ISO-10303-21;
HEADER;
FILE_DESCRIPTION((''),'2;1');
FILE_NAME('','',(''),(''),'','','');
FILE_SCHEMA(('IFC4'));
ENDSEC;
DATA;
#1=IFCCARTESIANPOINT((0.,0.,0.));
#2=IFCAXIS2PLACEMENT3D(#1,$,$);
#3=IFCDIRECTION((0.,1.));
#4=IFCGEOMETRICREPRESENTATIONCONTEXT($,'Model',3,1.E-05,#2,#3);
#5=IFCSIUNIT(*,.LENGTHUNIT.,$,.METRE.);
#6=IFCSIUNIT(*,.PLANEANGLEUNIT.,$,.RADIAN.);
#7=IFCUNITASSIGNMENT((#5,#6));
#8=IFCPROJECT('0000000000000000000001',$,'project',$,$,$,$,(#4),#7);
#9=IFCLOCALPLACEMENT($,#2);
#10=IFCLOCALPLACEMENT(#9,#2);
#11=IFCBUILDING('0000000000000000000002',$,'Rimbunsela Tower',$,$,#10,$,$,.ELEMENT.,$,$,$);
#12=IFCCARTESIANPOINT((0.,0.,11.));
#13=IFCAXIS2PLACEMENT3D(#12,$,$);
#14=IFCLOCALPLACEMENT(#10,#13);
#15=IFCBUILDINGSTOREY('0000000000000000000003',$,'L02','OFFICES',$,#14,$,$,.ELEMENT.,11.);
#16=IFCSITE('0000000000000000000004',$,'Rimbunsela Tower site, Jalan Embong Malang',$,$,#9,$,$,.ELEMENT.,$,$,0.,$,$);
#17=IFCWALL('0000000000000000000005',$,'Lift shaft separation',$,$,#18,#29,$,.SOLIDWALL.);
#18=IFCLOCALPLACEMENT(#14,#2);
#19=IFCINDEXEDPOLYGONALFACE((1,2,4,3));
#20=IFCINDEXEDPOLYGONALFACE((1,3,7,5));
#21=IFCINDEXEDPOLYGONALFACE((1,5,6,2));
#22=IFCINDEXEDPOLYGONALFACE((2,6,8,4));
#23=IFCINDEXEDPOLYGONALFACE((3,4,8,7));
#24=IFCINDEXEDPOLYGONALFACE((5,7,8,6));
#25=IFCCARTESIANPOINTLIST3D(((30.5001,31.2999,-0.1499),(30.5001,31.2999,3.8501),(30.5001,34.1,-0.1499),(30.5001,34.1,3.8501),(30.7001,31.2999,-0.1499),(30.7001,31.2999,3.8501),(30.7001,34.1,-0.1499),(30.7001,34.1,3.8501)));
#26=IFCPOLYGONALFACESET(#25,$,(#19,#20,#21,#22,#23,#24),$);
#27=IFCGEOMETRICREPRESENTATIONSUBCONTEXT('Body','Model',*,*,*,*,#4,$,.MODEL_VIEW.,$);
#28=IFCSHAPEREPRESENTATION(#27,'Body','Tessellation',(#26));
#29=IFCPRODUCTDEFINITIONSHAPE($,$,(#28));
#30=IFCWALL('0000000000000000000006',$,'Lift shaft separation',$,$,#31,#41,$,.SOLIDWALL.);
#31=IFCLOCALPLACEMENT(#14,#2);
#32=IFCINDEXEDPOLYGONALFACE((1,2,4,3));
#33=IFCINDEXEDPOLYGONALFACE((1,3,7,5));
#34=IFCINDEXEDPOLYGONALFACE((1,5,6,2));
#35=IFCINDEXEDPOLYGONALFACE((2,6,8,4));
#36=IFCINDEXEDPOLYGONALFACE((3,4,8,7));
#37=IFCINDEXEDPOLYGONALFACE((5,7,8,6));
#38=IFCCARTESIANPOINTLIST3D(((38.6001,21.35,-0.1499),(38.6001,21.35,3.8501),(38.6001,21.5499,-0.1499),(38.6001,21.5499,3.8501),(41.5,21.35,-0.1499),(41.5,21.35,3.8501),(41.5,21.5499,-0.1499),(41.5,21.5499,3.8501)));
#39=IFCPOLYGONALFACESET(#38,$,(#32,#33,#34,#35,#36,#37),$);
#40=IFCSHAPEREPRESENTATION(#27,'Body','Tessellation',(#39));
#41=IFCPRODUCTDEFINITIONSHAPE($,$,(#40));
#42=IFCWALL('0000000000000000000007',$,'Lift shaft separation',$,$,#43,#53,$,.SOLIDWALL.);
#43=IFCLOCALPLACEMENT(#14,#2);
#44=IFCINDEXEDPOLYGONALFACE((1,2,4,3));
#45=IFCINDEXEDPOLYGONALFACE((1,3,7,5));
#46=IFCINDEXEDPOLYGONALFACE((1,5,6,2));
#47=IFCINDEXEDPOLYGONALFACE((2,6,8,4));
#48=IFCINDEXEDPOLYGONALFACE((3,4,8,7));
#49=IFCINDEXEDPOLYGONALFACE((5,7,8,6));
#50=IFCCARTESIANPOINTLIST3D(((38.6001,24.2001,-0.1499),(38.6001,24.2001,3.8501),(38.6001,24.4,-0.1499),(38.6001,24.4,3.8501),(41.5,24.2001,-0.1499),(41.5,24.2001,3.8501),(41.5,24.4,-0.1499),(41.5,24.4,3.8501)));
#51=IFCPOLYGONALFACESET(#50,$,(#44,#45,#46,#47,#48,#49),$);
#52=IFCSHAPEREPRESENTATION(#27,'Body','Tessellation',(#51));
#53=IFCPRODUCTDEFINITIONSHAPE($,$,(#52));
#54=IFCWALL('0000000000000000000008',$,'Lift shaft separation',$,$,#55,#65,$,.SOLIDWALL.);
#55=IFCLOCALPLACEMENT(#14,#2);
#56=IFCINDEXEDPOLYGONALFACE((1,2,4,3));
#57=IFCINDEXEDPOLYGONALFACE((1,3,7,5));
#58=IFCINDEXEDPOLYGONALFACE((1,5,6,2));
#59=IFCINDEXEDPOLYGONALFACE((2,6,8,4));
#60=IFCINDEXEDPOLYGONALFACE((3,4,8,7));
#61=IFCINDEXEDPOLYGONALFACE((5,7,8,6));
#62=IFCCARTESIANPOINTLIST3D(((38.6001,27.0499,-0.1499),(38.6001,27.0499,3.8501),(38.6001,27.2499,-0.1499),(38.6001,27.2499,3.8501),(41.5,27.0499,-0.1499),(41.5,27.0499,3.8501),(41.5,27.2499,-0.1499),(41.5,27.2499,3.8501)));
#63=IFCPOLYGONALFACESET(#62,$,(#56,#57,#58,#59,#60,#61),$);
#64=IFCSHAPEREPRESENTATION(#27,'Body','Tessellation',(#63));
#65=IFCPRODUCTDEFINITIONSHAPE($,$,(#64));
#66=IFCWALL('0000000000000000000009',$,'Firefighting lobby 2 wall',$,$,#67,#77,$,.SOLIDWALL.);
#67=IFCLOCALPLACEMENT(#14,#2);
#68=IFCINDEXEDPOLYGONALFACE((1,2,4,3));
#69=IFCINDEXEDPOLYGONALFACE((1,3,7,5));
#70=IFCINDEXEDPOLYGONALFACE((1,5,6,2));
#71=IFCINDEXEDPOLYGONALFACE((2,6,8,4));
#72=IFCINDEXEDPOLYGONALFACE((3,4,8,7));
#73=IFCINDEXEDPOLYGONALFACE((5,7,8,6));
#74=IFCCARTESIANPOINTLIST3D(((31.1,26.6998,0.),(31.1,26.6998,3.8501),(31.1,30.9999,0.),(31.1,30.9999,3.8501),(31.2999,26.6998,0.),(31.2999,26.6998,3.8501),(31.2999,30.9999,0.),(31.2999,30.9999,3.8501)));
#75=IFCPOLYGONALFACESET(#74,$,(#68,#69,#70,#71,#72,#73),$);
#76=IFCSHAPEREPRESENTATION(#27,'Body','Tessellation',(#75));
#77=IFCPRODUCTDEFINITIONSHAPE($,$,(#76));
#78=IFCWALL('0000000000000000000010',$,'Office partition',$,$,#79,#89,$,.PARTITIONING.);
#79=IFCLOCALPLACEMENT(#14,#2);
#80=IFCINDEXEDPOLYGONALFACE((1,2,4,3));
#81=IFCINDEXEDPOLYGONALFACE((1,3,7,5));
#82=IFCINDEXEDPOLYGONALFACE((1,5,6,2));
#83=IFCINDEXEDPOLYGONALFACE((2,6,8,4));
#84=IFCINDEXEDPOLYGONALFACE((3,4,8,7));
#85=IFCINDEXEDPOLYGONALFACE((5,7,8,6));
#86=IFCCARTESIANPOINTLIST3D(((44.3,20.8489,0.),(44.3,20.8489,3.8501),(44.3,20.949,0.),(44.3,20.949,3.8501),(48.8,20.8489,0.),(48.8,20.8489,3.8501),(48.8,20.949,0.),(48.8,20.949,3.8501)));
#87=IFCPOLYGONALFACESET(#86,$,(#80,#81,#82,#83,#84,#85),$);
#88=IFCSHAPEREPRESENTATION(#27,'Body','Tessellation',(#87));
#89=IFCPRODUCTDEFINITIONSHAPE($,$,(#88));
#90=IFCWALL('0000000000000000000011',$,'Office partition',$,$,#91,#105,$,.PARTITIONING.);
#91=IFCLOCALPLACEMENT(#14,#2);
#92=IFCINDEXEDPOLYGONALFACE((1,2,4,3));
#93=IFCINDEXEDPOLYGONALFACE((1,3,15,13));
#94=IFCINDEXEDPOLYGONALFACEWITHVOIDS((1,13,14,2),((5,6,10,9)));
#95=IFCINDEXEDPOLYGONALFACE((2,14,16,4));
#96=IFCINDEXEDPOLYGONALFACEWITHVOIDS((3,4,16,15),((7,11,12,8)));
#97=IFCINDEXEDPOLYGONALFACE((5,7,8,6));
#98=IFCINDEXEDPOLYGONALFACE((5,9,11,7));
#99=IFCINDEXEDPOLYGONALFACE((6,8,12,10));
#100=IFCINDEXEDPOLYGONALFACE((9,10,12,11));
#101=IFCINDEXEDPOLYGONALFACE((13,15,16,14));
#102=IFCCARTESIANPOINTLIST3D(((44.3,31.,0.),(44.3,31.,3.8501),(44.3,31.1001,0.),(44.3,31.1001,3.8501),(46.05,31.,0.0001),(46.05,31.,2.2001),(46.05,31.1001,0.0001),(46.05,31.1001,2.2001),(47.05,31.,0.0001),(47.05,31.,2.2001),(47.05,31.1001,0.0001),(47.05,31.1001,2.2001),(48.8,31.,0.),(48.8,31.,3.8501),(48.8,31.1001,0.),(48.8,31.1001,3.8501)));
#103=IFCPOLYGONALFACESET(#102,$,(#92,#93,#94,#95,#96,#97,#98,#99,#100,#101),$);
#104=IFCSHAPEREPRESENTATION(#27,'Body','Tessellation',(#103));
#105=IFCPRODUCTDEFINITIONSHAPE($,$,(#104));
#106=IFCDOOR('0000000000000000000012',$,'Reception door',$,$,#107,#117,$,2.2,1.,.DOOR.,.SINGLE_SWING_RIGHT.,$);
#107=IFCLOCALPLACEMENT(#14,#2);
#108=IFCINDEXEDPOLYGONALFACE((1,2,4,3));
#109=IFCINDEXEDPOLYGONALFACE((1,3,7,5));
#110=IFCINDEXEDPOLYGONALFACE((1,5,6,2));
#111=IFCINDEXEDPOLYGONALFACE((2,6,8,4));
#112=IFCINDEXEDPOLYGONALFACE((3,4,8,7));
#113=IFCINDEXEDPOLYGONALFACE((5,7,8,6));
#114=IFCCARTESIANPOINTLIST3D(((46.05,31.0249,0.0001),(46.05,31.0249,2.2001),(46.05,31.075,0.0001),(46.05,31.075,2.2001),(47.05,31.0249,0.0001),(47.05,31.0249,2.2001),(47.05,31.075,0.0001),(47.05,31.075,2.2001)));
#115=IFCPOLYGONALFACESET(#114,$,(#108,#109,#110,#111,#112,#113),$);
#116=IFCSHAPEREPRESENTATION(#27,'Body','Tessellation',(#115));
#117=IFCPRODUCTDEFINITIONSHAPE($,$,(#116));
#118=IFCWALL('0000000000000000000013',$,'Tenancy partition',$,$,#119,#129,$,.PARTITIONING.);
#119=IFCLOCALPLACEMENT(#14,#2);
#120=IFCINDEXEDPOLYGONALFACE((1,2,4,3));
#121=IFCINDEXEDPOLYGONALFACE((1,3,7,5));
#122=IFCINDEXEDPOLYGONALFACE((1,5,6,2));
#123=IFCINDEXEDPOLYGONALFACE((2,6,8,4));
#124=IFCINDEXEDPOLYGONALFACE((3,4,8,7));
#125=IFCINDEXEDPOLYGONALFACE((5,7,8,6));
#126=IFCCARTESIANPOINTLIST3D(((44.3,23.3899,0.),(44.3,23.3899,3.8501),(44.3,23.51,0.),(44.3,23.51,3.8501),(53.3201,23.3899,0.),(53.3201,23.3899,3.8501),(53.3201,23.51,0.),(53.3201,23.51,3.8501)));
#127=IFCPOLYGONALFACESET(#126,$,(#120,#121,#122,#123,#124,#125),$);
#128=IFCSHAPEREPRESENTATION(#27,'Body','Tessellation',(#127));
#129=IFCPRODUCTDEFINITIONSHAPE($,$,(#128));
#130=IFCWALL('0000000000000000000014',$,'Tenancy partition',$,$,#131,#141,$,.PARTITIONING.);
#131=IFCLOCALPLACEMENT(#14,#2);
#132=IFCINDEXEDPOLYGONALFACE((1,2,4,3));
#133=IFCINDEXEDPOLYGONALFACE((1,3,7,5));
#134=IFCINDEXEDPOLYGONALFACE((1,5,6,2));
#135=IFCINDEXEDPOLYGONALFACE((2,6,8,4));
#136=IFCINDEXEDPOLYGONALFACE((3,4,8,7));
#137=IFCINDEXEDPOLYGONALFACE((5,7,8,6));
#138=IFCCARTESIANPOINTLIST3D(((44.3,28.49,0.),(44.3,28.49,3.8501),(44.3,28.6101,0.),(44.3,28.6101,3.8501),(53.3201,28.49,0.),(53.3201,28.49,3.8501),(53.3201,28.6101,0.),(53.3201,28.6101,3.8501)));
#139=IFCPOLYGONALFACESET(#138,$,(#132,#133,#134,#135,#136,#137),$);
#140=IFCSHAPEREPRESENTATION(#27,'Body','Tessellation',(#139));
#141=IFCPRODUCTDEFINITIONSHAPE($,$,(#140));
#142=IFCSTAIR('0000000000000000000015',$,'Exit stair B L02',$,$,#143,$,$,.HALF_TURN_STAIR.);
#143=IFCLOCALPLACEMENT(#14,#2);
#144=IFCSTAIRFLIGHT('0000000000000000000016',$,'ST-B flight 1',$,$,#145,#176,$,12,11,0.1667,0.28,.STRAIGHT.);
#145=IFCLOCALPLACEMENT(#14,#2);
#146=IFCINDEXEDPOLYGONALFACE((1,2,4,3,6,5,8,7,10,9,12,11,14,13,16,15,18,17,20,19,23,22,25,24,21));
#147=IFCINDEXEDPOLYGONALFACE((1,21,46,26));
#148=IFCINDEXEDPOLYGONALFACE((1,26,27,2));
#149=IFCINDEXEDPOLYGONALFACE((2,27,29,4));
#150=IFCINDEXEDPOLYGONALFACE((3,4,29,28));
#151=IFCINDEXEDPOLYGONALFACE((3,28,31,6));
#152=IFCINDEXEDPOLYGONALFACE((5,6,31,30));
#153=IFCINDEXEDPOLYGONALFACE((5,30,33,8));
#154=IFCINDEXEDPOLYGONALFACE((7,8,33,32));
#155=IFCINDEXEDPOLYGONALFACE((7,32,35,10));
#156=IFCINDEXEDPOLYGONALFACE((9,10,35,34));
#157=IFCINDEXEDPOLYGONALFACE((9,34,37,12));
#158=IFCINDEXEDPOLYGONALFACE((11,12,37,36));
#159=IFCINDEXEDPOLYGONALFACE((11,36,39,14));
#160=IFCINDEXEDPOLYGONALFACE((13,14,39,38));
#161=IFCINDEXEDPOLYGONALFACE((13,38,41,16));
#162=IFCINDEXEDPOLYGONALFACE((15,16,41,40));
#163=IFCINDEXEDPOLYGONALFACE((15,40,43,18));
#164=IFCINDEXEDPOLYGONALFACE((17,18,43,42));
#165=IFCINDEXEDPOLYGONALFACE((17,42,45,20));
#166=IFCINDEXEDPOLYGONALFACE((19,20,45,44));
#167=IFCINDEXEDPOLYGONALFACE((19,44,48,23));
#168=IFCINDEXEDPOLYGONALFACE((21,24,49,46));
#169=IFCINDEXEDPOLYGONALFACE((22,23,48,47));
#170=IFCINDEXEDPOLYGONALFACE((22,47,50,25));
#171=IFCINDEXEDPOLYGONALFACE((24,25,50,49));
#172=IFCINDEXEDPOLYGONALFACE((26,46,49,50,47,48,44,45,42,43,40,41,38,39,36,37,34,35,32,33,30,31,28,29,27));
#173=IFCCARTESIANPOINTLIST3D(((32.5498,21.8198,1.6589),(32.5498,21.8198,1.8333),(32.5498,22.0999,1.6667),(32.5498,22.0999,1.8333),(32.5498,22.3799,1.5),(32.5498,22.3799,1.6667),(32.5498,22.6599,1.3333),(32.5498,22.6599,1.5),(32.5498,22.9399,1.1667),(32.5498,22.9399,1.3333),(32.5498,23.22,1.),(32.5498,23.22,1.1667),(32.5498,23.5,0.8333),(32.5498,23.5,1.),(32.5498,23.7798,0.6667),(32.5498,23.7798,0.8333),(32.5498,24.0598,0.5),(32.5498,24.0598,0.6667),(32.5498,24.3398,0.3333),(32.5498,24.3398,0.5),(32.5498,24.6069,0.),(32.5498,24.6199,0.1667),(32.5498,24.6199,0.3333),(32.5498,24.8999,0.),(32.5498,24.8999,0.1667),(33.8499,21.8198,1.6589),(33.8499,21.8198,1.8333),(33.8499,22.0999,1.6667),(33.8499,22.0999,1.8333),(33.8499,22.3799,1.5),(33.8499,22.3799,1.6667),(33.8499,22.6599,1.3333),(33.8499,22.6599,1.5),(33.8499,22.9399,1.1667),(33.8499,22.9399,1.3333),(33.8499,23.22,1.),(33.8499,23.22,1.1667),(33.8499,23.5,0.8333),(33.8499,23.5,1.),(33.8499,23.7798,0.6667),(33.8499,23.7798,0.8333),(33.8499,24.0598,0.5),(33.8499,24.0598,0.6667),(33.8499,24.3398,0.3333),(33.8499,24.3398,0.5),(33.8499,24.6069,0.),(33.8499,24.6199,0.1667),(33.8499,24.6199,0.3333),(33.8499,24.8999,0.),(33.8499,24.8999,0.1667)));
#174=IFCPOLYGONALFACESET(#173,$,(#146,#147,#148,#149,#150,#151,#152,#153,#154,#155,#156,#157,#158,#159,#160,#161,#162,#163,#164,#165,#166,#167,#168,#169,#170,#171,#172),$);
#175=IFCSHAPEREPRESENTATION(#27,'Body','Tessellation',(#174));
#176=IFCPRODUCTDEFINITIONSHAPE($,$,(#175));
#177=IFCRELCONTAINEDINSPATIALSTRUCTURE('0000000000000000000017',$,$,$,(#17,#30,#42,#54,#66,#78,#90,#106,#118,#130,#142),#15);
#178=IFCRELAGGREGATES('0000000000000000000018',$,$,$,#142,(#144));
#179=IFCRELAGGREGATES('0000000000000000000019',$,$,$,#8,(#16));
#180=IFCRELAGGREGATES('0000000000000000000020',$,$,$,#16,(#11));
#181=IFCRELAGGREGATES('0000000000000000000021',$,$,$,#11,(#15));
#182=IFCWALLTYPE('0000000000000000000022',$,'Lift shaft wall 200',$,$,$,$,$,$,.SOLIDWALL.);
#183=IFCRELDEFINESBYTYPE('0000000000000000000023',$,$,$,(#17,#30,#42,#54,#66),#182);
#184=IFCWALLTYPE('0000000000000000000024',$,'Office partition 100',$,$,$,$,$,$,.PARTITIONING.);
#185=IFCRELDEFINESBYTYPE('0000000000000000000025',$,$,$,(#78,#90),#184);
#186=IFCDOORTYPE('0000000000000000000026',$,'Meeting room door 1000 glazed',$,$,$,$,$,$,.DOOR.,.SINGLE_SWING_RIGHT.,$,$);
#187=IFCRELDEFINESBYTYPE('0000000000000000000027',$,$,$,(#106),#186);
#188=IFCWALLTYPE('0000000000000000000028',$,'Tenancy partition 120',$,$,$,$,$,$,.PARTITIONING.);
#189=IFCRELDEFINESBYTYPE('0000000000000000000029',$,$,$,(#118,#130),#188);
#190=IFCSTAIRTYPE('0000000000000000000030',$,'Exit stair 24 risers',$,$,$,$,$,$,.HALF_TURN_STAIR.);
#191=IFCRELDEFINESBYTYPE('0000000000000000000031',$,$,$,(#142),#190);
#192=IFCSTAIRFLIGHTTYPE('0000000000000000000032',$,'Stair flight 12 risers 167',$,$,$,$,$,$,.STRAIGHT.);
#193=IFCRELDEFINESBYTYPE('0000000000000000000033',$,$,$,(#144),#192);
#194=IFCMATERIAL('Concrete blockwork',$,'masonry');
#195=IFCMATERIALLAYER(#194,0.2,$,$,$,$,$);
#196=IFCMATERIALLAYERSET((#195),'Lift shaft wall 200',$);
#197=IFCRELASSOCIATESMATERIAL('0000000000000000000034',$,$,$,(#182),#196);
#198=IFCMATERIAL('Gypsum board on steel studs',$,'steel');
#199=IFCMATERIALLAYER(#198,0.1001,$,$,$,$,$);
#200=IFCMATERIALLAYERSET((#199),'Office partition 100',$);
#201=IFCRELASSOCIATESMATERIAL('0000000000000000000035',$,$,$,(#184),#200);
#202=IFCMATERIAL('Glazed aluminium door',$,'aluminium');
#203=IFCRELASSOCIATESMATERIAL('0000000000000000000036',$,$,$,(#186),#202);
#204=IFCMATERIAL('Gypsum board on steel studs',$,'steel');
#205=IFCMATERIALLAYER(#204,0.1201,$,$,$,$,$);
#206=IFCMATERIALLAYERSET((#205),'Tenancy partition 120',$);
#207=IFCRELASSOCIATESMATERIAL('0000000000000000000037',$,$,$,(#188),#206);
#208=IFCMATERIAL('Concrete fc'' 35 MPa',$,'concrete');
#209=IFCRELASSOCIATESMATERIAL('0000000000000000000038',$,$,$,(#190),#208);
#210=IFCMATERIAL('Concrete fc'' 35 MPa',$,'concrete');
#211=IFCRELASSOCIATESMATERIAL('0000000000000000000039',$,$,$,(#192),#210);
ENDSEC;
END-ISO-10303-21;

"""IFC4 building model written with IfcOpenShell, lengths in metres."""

from ifc_helpers import new_model, si_unit, direction, frame, frame_2d, origin, place, context, subcontext, project, spatial, polyline, rectangle, outline, extrude, material, layer, layer_set, type_object, element, fill, aggregate, save


model = new_model("IFC4")

# Units and contexts
model_context = context("Model", 3, precision=1e-05, world=origin(), true_north=direction((0.0, 1.0)))
body_context = subcontext(model_context, "Body", "Model", "MODEL_VIEW")
ifc_project = project(units=[si_unit("LENGTHUNIT", "METRE"), si_unit("PLANEANGLEUNIT", "RADIAN")], contexts=[model_context])

# Site, building, storey
site_placement = place(None, origin())
site = spatial("IfcSite", under=ifc_project, at=site_placement, Name="Rimbunsela Tower site, Jalan Embong Malang", CompositionType="ELEMENT", RefElevation=0.0)
building_placement = place(site_placement, origin())
building = spatial("IfcBuilding", under=site, at=building_placement, Name="Rimbunsela Tower", CompositionType="ELEMENT")
storey_placement = place(building_placement, frame((0.0, 0.0, 11.0)))
storey = spatial("IfcBuildingStorey", under=building, at=storey_placement, Name="L02", Description="OFFICES", CompositionType="ELEMENT", Elevation=11.0)

# Walls
ifc_material_1 = material(Name="Concrete blockwork", Category="masonry")
ifc_layer_1 = layer(ifc_material_1, 0.2)
ifc_layer_set_1 = layer_set([ifc_layer_1], Name="Lift shaft wall 200")
wall_type_1 = type_object("IfcWallType", Name="Lift shaft wall 200", PredefinedType="SOLIDWALL", material=ifc_layer_set_1)
wall_1_placement = place(storey_placement, frame((30.6001, 31.3, -0.1499), z_axis=(0.0, 0.0, 1.0), x_axis=(0.0, 1.0, 0.0)))
element("IfcWall", 1, at=wall_1_placement, inside=storey, type_object=wall_type_1, Name="Lift shaft separation", PredefinedType="SOLIDWALL", context=body_context, shape_type="SweptSolid", body=[
    extrude(rectangle(XDim=2.8, YDim=0.2, at=frame_2d((1.3999, 0.0))), origin(), (0.0, 0.0, 1.0), 4.0),
])
for number, where, z_axis, x_axis, name in (
    (2, (38.6001, 21.45, -0.1499), (0.0, 0.0, 1.0), (1.0, 0.0, 0.0), "Lift shaft separation"),
    (3, (38.6001, 24.3, -0.1499), (0.0, 0.0, 1.0), (1.0, 0.0, 0.0), "Lift shaft separation"),
    (4, (38.6001, 27.1499, -0.1499), (0.0, 0.0, 1.0), (1.0, 0.0, 0.0), "Lift shaft separation"),
):
    element("IfcWall", number, at=place(storey_placement, frame(where, z_axis=z_axis, x_axis=x_axis)), inside=storey, type_object=wall_type_1, Name=name, PredefinedType="SOLIDWALL", context=body_context, shape_type="SweptSolid", body=[
        extrude(rectangle(XDim=2.8999, YDim=0.2, at=frame_2d((1.45, 0.0))), origin(), (0.0, 0.0, 1.0), 4.0),
    ])
wall_2_placement = place(storey_placement, frame((31.2, 26.7, 0.0), z_axis=(0.0, 0.0, 1.0), x_axis=(0.0, 1.0, 0.0)))
element("IfcWall", 5, at=wall_2_placement, inside=storey, type_object=wall_type_1, Name="Firefighting lobby 2 wall", PredefinedType="SOLIDWALL", context=body_context, shape_type="SweptSolid", body=[
    extrude(rectangle(XDim=4.3, YDim=0.2, at=frame_2d((2.1499, 0.0))), origin(), (0.0, 0.0, 1.0), 3.8501),
])
ifc_material_2 = material(Name="Gypsum board on steel studs", Category="steel")
ifc_layer_2 = layer(ifc_material_2, 0.1001)
ifc_layer_set_2 = layer_set([ifc_layer_2], Name="Office partition 100")
wall_type_2 = type_object("IfcWallType", Name="Office partition 100", PredefinedType="PARTITIONING", material=ifc_layer_set_2)
wall_3_placement = place(storey_placement, frame((48.8, 20.8989, 0.0), z_axis=(0.0, 0.0, 1.0), x_axis=(-1.0, 0.0, 0.0)))
element("IfcWall", 6, at=wall_3_placement, inside=storey, type_object=wall_type_2, Name="Office partition", PredefinedType="PARTITIONING", context=body_context, shape_type="SweptSolid", body=[
    extrude(rectangle(XDim=4.5, YDim=0.1001, at=frame_2d((2.25, 0.0))), origin(), (0.0, 0.0, 1.0), 3.8501),
])

# Wall, opening, door
wall_4_placement = place(storey_placement, frame((44.3, 31.05, 0.0), z_axis=(0.0, 0.0, 1.0), x_axis=(1.0, 0.0, 0.0)))
wall_4 = element("IfcWall", 7, at=wall_4_placement, inside=storey, type_object=wall_type_2, Name="Office partition", PredefinedType="PARTITIONING", context=body_context, shape_type="SweptSolid", body=[
    extrude(rectangle(XDim=4.5, YDim=0.1001, at=frame_2d((2.25, 0.0))), origin(), (0.0, 0.0, 1.0), 3.8501),
])
opening_1_placement = place(wall_4_placement, frame((1.75, 0.0, 0.0)))
opening_1 = element("IfcOpeningElement", 8, at=opening_1_placement, cuts=wall_4, PredefinedType="OPENING", context=body_context, shape_type="SweptSolid", body=[
    extrude(rectangle(XDim=1.0, YDim=2.2, at=frame_2d((0.5, 1.1001))), frame((0.0, 0.0601, 0.0), z_axis=(0.0, -1.0, 0.0), x_axis=(1.0, 0.0, 0.0)), (0.0, 0.0, 1.0), 0.1201),
])
ifc_material_3 = material(Name="Glazed aluminium door", Category="aluminium")
door_type_1 = type_object("IfcDoorType", Name="Meeting room door 1000 glazed", OperationType="SINGLE_SWING_RIGHT", PredefinedType="DOOR", material=ifc_material_3)
door_1_placement = place(opening_1_placement, origin())
door_1 = element("IfcDoor", 9, at=door_1_placement, inside=storey, type_object=door_type_1, Name="Reception door", OperationType="SINGLE_SWING_RIGHT", OverallHeight=2.2, OverallWidth=1.0, PredefinedType="DOOR", context=body_context, shape_type="SweptSolid", body=[
    extrude(rectangle(XDim=1.0, YDim=2.2, at=frame_2d((0.5, 1.1001))), frame((0.0, 0.0249, 0.0), z_axis=(0.0, -1.0, 0.0), x_axis=(1.0, 0.0, 0.0)), (0.0, 0.0, 1.0), 0.05),
])
fill(opening_1, door_1)

# Walls
ifc_material_4 = material(Name="Gypsum board on steel studs", Category="steel")
ifc_layer_3 = layer(ifc_material_4, 0.1201)
ifc_layer_set_3 = layer_set([ifc_layer_3], Name="Tenancy partition 120")
wall_type_3 = type_object("IfcWallType", Name="Tenancy partition 120", PredefinedType="PARTITIONING", material=ifc_layer_set_3)
for number, where, z_axis, x_axis, name in (
    (10, (44.3, 23.45, 0.0), (0.0, 0.0, 1.0), (1.0, 0.0, 0.0), "Tenancy partition"),
    (11, (44.3, 28.55, 0.0), (0.0, 0.0, 1.0), (1.0, 0.0, 0.0), "Tenancy partition"),
):
    element("IfcWall", number, at=place(storey_placement, frame(where, z_axis=z_axis, x_axis=x_axis)), inside=storey, type_object=wall_type_3, Name=name, PredefinedType="PARTITIONING", context=body_context, shape_type="SweptSolid", body=[
        extrude(rectangle(XDim=9.02, YDim=0.1201, at=frame_2d((4.51, 0.0))), origin(), (0.0, 0.0, 1.0), 3.8501),
    ])

# Stair, stair flight
ifc_material_5 = material(Name="Concrete fc' 35 MPa", Category="concrete")
stair_type = type_object("IfcStairType", Name="Exit stair 24 risers", PredefinedType="HALF_TURN_STAIR", material=ifc_material_5)
stair_placement = place(storey_placement, origin())
stair = element("IfcStair", 12, at=stair_placement, inside=storey, type_object=stair_type, Name="Exit stair B L02", PredefinedType="HALF_TURN_STAIR")
ifc_material_6 = material(Name="Concrete fc' 35 MPa", Category="concrete")
stair_flight_type = type_object("IfcStairFlightType", Name="Stair flight 12 risers 167", PredefinedType="STRAIGHT", material=ifc_material_6)
stair_flight_1_placement = place(storey_placement, frame((33.2, 24.8999, 0.0), z_axis=(0.0, 0.0, 1.0), x_axis=(0.0, -1.0, 0.0)))
stair_flight_1 = element("IfcStairFlight", 13, at=stair_flight_1_placement, type_object=stair_flight_type, Name="ST-B flight 1", NumberOfRisers=12, NumberOfTreads=11, PredefinedType="STRAIGHT", RiserHeight=0.1667, TreadLength=0.28, context=body_context, shape_type="SweptSolid", body=[
    extrude(outline(polyline([(0.0, 0.0), (0.0, 0.1667), (0.28, 0.1667), (0.28, 0.3333), (0.5601, 0.3333), (0.5601, 0.5), (0.8401, 0.5), (0.8401, 0.6667), (1.1201, 0.6667), (1.1201, 0.8333), (1.3999, 0.8333), (1.3999, 1.0), (1.6799, 1.0), (1.6799, 1.1667), (1.96, 1.1667), (1.96, 1.3333), (2.24, 1.3333), (2.24, 1.5), (2.52, 1.5), (2.52, 1.6667), (2.8, 1.6667), (2.8, 1.8333), (3.0801, 1.8333), (3.0801, 2.0), (3.0801, 1.6589), (0.293, 0.0), (0.0, 0.0)])), frame((0.0, 0.6499, 0.0), z_axis=(0.0, -1.0, 0.0), x_axis=(1.0, 0.0, 0.0)), (0.0, 0.0, 1.0), 1.3),
])
aggregate(stair, [stair_flight_1])

save(model, "model.ifc")
